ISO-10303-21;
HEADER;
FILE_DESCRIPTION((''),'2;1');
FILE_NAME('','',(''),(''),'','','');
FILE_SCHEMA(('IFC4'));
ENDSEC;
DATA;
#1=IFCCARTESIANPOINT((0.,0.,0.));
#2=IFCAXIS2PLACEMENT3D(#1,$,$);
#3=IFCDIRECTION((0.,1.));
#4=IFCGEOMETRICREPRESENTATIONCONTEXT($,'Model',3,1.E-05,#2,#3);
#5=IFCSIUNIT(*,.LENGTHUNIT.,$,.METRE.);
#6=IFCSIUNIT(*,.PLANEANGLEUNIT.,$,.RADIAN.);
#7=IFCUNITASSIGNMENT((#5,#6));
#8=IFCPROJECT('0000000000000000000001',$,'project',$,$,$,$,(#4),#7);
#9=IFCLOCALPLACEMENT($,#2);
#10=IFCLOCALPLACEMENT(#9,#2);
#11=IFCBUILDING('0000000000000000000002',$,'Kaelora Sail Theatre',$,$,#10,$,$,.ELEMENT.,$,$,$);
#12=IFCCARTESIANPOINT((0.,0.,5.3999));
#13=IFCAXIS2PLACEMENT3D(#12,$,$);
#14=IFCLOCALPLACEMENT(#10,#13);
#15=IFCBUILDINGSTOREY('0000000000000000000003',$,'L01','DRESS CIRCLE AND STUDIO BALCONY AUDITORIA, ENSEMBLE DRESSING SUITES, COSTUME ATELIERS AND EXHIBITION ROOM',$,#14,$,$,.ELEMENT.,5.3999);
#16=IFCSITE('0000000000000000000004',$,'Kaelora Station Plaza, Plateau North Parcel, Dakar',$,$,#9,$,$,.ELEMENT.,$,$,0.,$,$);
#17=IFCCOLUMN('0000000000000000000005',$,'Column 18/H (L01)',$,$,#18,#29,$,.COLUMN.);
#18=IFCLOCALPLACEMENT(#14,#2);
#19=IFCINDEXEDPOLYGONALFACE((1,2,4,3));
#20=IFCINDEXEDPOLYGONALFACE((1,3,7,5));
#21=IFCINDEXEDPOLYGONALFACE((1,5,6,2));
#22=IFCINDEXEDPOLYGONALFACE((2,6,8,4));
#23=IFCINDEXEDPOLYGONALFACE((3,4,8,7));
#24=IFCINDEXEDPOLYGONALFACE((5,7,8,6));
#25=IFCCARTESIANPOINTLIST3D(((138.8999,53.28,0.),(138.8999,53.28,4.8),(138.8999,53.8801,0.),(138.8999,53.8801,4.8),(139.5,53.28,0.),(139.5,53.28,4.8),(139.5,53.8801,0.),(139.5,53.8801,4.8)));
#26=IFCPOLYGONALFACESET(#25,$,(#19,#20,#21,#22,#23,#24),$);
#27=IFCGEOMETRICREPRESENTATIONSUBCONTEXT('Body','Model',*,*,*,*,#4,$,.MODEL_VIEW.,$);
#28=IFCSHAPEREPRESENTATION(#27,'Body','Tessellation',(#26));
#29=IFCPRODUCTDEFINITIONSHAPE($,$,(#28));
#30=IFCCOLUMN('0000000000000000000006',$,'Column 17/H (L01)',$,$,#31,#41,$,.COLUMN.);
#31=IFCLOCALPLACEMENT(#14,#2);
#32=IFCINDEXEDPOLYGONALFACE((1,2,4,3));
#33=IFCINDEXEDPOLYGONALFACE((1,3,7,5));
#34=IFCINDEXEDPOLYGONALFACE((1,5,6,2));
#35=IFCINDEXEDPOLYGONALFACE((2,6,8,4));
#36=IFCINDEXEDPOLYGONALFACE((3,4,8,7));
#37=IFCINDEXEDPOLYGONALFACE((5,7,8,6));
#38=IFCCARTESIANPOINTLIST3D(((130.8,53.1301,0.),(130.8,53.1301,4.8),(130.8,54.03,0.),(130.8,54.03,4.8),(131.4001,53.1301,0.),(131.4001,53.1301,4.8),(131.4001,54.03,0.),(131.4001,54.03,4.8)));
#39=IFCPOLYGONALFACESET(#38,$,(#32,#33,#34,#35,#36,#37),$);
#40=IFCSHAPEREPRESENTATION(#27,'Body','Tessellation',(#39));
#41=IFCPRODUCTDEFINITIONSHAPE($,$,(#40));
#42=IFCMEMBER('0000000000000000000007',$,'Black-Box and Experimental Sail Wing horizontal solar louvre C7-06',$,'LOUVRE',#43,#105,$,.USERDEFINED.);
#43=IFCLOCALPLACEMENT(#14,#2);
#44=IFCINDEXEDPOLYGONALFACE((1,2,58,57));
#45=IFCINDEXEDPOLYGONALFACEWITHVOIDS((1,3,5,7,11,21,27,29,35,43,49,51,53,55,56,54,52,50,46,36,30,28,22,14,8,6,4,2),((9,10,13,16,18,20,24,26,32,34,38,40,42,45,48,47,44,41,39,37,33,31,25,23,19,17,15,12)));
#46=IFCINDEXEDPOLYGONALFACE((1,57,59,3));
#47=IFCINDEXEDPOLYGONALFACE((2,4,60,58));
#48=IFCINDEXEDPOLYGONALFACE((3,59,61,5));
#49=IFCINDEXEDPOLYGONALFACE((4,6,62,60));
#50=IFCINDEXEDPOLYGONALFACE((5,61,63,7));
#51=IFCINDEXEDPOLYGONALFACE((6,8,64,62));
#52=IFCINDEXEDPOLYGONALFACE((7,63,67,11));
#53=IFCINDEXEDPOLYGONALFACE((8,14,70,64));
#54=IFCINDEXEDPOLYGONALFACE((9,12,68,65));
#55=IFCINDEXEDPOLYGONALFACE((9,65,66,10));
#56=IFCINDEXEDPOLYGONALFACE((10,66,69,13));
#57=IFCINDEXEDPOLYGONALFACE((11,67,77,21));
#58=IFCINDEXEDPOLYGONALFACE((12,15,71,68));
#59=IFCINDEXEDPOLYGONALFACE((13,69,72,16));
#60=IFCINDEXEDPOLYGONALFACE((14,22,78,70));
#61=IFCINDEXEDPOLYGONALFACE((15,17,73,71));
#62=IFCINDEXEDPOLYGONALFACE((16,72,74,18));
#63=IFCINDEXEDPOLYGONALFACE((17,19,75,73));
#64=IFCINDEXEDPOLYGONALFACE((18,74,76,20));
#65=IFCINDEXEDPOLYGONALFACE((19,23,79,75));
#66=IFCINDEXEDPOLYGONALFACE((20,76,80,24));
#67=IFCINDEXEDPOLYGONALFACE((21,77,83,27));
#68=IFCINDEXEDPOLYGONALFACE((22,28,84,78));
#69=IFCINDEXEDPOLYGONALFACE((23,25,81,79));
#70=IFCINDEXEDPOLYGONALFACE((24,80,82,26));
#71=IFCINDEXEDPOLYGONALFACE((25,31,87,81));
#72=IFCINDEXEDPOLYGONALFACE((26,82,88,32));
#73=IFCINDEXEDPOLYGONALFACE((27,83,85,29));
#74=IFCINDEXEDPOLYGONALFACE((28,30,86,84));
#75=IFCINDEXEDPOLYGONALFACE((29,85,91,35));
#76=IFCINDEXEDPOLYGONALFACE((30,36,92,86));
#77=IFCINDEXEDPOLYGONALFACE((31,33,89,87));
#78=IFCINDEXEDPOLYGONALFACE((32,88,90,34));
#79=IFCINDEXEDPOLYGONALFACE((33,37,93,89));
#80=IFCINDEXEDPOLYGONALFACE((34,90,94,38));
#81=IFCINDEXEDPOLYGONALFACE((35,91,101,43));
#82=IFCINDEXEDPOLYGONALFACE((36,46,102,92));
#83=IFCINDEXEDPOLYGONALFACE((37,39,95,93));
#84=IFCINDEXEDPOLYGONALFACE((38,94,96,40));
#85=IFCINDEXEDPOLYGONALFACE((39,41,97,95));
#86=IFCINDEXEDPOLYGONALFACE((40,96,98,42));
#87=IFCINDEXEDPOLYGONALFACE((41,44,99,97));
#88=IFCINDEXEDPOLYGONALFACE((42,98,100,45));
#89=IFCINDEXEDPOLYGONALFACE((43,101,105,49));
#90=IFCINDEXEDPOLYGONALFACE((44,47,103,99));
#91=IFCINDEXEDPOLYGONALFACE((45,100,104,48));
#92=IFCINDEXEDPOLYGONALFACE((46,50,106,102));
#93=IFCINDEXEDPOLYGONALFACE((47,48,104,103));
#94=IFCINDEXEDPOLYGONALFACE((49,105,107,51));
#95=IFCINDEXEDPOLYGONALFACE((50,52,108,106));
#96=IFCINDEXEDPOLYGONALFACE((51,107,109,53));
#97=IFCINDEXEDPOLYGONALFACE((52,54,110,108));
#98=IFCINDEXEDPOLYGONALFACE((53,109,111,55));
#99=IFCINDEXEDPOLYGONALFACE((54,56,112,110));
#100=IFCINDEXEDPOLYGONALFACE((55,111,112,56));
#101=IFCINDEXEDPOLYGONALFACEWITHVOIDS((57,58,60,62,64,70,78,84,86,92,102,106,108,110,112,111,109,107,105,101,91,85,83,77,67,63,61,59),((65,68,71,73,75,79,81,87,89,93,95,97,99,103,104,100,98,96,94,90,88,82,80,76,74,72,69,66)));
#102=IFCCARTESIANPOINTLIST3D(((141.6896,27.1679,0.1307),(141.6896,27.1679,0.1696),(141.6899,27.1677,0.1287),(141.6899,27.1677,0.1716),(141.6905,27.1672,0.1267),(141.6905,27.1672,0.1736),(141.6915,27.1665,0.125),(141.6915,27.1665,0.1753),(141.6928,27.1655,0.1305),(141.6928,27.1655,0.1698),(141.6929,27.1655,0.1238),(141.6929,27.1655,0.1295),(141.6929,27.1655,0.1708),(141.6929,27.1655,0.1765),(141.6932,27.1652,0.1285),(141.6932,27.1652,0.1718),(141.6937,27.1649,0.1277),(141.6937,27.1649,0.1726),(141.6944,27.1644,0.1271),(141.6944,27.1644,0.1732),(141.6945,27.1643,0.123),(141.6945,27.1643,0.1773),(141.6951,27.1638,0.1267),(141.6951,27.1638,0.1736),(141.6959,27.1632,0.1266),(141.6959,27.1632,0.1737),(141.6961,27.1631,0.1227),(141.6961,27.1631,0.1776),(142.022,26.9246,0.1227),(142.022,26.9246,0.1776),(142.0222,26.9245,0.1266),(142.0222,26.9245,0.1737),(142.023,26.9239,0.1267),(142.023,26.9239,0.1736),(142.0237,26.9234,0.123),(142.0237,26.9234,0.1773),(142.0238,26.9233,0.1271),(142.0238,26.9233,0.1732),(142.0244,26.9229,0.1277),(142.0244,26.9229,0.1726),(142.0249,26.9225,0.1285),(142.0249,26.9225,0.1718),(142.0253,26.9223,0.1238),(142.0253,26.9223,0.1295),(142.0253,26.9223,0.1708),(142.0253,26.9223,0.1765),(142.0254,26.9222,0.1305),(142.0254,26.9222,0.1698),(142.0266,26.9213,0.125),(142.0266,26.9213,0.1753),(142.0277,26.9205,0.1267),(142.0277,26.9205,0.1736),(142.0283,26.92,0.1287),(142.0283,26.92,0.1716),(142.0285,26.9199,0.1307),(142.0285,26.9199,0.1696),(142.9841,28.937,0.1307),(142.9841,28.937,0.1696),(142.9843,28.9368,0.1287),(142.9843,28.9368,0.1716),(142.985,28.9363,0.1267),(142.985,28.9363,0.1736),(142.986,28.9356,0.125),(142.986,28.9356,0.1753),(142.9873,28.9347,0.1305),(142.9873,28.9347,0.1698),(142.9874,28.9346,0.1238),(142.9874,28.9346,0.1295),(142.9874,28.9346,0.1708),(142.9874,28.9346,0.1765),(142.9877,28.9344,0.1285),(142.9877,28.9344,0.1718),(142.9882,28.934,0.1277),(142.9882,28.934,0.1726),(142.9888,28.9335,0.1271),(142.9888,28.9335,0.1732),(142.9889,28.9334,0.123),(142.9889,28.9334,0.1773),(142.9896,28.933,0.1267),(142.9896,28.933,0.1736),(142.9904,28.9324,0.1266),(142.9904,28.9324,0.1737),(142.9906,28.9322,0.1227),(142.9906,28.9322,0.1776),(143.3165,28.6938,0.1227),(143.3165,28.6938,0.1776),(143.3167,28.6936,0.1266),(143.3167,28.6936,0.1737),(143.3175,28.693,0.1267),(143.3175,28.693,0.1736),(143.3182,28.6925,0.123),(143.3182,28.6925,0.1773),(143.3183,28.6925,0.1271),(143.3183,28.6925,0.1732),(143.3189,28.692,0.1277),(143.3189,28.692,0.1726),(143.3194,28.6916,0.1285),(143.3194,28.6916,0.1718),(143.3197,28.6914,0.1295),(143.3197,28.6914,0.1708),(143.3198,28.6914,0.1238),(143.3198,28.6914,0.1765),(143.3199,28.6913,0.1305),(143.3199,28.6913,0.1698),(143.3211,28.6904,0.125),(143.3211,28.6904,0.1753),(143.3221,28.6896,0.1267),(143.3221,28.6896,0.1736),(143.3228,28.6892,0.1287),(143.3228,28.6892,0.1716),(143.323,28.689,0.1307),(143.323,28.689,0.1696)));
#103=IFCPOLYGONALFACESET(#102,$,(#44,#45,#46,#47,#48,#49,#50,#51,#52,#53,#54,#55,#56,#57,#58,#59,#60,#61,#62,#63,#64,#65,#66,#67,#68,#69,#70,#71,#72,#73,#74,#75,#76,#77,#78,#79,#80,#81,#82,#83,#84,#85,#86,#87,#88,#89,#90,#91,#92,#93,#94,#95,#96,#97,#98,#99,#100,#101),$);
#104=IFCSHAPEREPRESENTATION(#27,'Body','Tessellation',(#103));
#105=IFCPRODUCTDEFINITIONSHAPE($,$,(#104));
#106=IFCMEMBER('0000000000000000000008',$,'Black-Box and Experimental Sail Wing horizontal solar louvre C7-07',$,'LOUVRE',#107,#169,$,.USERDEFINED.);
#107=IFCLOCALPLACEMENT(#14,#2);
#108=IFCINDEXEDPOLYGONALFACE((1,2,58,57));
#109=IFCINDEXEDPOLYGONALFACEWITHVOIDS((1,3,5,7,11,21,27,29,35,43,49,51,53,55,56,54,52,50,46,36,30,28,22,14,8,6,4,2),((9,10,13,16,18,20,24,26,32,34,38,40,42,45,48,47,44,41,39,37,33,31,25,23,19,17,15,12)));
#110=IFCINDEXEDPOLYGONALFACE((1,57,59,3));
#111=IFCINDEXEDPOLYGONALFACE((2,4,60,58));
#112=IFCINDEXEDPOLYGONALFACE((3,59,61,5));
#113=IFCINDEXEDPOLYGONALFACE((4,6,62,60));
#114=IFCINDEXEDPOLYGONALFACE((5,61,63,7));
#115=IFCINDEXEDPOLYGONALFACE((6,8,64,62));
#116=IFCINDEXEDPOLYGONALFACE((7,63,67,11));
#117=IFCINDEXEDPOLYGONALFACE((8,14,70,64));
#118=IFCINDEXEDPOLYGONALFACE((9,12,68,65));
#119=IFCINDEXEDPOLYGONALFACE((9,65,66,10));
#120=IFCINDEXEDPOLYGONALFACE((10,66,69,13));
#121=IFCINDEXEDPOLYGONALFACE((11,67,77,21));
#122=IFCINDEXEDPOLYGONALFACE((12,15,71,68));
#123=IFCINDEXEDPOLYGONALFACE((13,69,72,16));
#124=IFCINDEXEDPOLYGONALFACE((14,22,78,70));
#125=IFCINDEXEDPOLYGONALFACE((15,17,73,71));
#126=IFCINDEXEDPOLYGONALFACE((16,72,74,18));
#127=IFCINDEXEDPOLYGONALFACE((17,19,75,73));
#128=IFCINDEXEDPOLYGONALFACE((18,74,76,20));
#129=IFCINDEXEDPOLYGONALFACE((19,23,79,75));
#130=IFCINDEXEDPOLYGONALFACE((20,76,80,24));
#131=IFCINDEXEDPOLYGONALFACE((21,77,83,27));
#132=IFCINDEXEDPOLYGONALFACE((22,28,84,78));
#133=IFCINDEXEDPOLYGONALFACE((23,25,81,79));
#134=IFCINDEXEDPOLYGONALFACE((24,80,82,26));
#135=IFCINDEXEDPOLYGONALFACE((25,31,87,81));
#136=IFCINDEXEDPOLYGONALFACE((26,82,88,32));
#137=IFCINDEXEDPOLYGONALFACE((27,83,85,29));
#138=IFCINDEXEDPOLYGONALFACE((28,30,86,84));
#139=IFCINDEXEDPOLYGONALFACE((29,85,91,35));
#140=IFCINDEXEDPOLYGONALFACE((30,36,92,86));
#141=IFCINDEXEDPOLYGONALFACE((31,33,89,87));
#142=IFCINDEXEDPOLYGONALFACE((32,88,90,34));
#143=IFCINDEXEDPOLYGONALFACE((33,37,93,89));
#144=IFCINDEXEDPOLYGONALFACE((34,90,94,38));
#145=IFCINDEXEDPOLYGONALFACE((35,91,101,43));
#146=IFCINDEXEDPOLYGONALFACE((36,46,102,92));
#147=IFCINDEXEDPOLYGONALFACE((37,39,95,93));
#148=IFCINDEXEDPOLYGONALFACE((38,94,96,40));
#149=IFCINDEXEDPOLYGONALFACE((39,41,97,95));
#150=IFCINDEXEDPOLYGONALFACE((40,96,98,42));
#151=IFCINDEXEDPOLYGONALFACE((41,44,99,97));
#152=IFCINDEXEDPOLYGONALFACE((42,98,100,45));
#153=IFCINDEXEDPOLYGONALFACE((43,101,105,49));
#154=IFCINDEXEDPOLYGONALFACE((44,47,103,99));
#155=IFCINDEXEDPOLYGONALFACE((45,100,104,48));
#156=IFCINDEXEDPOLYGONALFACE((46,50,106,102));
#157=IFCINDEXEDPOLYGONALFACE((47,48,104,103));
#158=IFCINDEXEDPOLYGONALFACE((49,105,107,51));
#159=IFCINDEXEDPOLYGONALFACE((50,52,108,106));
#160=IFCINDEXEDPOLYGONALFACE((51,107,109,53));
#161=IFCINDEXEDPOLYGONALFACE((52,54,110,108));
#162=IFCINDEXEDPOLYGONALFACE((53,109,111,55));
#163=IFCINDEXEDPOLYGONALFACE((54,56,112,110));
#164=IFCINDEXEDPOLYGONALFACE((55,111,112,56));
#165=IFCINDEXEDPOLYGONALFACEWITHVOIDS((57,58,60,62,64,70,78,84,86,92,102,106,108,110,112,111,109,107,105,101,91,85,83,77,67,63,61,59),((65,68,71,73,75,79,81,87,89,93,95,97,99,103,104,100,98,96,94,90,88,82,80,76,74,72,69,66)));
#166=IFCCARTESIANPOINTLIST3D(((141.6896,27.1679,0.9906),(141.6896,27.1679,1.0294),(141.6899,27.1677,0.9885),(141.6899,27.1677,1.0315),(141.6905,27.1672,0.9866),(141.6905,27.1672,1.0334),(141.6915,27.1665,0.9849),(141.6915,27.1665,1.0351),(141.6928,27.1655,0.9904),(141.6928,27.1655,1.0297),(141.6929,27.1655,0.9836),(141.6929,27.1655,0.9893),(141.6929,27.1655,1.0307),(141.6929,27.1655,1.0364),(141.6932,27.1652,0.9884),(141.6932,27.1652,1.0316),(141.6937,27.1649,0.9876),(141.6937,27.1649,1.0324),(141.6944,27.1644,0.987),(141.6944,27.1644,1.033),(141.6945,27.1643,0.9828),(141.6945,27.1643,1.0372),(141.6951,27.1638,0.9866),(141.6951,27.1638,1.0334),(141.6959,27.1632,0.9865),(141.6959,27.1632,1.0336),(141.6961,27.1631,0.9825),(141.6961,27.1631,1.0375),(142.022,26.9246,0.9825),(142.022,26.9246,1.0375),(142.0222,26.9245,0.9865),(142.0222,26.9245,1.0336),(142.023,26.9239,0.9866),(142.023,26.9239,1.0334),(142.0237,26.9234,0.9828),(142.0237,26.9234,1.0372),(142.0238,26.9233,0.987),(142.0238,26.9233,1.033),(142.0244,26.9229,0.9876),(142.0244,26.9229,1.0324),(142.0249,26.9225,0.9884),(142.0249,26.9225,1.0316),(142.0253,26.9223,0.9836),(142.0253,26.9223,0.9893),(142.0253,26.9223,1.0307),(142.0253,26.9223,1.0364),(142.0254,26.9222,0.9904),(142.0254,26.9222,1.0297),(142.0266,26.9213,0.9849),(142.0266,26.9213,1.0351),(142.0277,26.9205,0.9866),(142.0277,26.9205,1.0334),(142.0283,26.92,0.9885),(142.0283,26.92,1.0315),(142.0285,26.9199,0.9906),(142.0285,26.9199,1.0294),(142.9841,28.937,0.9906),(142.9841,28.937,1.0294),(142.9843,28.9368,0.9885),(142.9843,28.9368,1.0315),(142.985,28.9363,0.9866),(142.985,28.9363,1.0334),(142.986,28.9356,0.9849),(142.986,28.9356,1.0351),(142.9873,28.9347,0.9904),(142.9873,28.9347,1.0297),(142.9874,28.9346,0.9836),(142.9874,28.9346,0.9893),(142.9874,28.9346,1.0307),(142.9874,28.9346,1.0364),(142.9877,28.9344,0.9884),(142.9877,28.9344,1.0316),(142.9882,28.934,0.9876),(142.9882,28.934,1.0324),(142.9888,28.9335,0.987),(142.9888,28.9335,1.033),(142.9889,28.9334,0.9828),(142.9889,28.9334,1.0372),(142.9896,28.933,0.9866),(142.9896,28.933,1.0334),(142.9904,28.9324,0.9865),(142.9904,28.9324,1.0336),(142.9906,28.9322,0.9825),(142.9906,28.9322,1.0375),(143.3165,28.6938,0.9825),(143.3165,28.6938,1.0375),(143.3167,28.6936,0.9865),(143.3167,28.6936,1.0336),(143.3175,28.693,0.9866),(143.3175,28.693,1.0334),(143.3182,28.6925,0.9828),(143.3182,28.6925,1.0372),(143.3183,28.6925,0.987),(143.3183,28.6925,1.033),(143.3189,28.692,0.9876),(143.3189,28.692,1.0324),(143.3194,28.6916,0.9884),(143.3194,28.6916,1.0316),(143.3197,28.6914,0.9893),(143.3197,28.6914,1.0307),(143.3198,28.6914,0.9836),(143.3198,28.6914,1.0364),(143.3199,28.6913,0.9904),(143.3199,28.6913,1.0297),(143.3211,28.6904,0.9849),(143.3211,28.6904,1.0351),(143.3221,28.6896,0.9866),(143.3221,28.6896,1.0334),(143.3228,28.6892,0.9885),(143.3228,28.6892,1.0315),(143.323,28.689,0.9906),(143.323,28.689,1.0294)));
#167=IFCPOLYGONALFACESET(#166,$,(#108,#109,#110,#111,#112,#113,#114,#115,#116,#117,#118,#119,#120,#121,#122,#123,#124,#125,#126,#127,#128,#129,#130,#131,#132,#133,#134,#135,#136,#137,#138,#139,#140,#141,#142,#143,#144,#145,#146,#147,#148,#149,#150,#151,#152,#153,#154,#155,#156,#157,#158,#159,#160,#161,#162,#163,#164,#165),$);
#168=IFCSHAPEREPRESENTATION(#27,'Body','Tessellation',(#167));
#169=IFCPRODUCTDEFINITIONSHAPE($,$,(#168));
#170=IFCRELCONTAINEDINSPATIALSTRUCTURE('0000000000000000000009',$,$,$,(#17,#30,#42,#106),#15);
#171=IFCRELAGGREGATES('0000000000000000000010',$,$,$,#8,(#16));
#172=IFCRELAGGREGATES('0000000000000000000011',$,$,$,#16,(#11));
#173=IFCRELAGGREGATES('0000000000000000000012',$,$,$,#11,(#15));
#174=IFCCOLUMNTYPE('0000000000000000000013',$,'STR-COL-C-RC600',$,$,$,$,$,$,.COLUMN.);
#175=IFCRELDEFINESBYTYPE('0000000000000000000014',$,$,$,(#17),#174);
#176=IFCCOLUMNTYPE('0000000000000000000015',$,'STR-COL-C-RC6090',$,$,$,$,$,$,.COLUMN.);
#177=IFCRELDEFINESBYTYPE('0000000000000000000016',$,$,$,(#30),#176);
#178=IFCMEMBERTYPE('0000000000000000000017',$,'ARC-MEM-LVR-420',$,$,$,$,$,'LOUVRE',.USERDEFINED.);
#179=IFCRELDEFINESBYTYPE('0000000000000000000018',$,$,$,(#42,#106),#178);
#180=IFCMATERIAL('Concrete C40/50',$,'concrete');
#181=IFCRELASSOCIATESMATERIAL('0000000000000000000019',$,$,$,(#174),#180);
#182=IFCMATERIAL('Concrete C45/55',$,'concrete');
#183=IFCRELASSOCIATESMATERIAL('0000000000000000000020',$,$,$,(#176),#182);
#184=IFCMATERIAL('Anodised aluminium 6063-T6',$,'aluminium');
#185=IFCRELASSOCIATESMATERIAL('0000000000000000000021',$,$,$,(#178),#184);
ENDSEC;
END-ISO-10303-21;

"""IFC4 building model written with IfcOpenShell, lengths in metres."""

from ifc_helpers import new_model, si_unit, direction, frame, origin, origin_2d, place, context, subcontext, project, spatial, rectangle, hollow_rectangle, extrude, material, material_profile, profile_set, type_object, element, save


model = new_model("IFC4")

# Units and contexts
model_context = context("Model", 3, precision=1e-05, world=origin(), true_north=direction((0.0, 1.0)))
body_context = subcontext(model_context, "Body", "Model", "MODEL_VIEW")
ifc_project = project(units=[si_unit("LENGTHUNIT", "METRE"), si_unit("PLANEANGLEUNIT", "RADIAN")], contexts=[model_context])

# Site, building, storey
site_placement = place(None, origin())
site = spatial("IfcSite", under=ifc_project, at=site_placement, Name="Kaelora Station Plaza, Plateau North Parcel, Dakar", CompositionType="ELEMENT", RefElevation=0.0)
building_placement = place(site_placement, origin())
building = spatial("IfcBuilding", under=site, at=building_placement, Name="Kaelora Sail Theatre", CompositionType="ELEMENT")
storey_placement = place(building_placement, frame((0.0, 0.0, 5.3999)))
storey = spatial("IfcBuildingStorey", under=building, at=storey_placement, Name="L01", Description="DRESS CIRCLE AND STUDIO BALCONY AUDITORIA, ENSEMBLE DRESSING SUITES, COSTUME ATELIERS AND EXHIBITION ROOM", CompositionType="ELEMENT", Elevation=5.3999)

# Columns
ifc_material_1 = material(Name="Concrete C40/50", Category="concrete")
ifc_material_profile_1 = material_profile(ifc_material_1, rectangle(XDim=0.6001, YDim=0.6001, at=origin_2d()), Name="RC-COL 600x600")
ifc_profile_set_1 = profile_set([ifc_material_profile_1], Name="Concrete C40/50")
column_type_1 = type_object("IfcColumnType", Name="STR-COL-C-RC600", PredefinedType="COLUMN", material=ifc_profile_set_1)
column_1_placement = place(storey_placement, frame((139.2, 53.5801, 0.0), z_axis=(0.0, 0.0, 1.0), x_axis=(1.0, 0.0, 0.0)))
element("IfcColumn", 1, at=column_1_placement, inside=storey, type_object=column_type_1, Name="Column 18/H (L01)", PredefinedType="COLUMN", context=body_context, shape_type="SweptSolid", body=[
    extrude(rectangle(XDim=0.6001, YDim=0.6001, at=origin_2d()), origin(), (0.0, 0.0, 1.0), 4.8),
])
ifc_material_2 = material(Name="Concrete C45/55", Category="concrete")
ifc_material_profile_2 = material_profile(ifc_material_2, rectangle(XDim=0.6001, YDim=0.8999, at=origin_2d()), Name="RC-COL 600x900")
ifc_profile_set_2 = profile_set([ifc_material_profile_2], Name="Concrete C45/55")
column_type_2 = type_object("IfcColumnType", Name="STR-COL-C-RC6090", PredefinedType="COLUMN", material=ifc_profile_set_2)
column_2_placement = place(storey_placement, frame((131.1001, 53.5801, 0.0), z_axis=(0.0, 0.0, 1.0), x_axis=(1.0, 0.0, 0.0)))
element("IfcColumn", 2, at=column_2_placement, inside=storey, type_object=column_type_2, Name="Column 17/H (L01)", PredefinedType="COLUMN", context=body_context, shape_type="SweptSolid", body=[
    extrude(rectangle(XDim=0.6001, YDim=0.8999, at=origin_2d()), origin(), (0.0, 0.0, 1.0), 4.8),
])

# Members
ifc_material_3 = material(Name="Anodised aluminium 6063-T6", Category="aluminium")
ifc_material_profile_3 = material_profile(ifc_material_3, hollow_rectangle(XDim=0.4199, YDim=0.0549, WallThickness=0.0039, InnerFilletRadius=0.0039, OuterFilletRadius=0.0081, at=origin_2d()), Name="LOUVRE 420x55x4")
ifc_profile_set_3 = profile_set([ifc_material_profile_3], Name="Anodised aluminium 6063-T6")
member_type = type_object("IfcMemberType", Name="ARC-MEM-LVR-420", ElementType="LOUVRE", PredefinedType="USERDEFINED", material=ifc_profile_set_3)
for number, where, z_axis, x_axis, name in (
    (3, (143.1536, 28.813, 0.1501), (-0.590514, -0.807028, 0.0), (0.807028, -0.590514, 0.0), "Black-Box and Experimental Sail Wing horizontal solar louvre C7-06"),
    (4, (143.1536, 28.813, 1.01), (-0.590514, -0.807028, 0.0), (0.807028, -0.590514, 0.0), "Black-Box and Experimental Sail Wing horizontal solar louvre C7-07"),
):
    element("IfcMember", number, at=place(storey_placement, frame(where, z_axis=z_axis, x_axis=x_axis)), inside=storey, type_object=member_type, Name=name, ObjectType="LOUVRE", PredefinedType="USERDEFINED", context=body_context, shape_type="SweptSolid", body=[
        extrude(hollow_rectangle(XDim=0.4199, YDim=0.0549, WallThickness=0.0039, InnerFilletRadius=0.0039, OuterFilletRadius=0.0081, at=origin_2d()), origin(), (0.0, 0.0, 1.0), 2.1921),
    ])

save(model, "model.ifc")
